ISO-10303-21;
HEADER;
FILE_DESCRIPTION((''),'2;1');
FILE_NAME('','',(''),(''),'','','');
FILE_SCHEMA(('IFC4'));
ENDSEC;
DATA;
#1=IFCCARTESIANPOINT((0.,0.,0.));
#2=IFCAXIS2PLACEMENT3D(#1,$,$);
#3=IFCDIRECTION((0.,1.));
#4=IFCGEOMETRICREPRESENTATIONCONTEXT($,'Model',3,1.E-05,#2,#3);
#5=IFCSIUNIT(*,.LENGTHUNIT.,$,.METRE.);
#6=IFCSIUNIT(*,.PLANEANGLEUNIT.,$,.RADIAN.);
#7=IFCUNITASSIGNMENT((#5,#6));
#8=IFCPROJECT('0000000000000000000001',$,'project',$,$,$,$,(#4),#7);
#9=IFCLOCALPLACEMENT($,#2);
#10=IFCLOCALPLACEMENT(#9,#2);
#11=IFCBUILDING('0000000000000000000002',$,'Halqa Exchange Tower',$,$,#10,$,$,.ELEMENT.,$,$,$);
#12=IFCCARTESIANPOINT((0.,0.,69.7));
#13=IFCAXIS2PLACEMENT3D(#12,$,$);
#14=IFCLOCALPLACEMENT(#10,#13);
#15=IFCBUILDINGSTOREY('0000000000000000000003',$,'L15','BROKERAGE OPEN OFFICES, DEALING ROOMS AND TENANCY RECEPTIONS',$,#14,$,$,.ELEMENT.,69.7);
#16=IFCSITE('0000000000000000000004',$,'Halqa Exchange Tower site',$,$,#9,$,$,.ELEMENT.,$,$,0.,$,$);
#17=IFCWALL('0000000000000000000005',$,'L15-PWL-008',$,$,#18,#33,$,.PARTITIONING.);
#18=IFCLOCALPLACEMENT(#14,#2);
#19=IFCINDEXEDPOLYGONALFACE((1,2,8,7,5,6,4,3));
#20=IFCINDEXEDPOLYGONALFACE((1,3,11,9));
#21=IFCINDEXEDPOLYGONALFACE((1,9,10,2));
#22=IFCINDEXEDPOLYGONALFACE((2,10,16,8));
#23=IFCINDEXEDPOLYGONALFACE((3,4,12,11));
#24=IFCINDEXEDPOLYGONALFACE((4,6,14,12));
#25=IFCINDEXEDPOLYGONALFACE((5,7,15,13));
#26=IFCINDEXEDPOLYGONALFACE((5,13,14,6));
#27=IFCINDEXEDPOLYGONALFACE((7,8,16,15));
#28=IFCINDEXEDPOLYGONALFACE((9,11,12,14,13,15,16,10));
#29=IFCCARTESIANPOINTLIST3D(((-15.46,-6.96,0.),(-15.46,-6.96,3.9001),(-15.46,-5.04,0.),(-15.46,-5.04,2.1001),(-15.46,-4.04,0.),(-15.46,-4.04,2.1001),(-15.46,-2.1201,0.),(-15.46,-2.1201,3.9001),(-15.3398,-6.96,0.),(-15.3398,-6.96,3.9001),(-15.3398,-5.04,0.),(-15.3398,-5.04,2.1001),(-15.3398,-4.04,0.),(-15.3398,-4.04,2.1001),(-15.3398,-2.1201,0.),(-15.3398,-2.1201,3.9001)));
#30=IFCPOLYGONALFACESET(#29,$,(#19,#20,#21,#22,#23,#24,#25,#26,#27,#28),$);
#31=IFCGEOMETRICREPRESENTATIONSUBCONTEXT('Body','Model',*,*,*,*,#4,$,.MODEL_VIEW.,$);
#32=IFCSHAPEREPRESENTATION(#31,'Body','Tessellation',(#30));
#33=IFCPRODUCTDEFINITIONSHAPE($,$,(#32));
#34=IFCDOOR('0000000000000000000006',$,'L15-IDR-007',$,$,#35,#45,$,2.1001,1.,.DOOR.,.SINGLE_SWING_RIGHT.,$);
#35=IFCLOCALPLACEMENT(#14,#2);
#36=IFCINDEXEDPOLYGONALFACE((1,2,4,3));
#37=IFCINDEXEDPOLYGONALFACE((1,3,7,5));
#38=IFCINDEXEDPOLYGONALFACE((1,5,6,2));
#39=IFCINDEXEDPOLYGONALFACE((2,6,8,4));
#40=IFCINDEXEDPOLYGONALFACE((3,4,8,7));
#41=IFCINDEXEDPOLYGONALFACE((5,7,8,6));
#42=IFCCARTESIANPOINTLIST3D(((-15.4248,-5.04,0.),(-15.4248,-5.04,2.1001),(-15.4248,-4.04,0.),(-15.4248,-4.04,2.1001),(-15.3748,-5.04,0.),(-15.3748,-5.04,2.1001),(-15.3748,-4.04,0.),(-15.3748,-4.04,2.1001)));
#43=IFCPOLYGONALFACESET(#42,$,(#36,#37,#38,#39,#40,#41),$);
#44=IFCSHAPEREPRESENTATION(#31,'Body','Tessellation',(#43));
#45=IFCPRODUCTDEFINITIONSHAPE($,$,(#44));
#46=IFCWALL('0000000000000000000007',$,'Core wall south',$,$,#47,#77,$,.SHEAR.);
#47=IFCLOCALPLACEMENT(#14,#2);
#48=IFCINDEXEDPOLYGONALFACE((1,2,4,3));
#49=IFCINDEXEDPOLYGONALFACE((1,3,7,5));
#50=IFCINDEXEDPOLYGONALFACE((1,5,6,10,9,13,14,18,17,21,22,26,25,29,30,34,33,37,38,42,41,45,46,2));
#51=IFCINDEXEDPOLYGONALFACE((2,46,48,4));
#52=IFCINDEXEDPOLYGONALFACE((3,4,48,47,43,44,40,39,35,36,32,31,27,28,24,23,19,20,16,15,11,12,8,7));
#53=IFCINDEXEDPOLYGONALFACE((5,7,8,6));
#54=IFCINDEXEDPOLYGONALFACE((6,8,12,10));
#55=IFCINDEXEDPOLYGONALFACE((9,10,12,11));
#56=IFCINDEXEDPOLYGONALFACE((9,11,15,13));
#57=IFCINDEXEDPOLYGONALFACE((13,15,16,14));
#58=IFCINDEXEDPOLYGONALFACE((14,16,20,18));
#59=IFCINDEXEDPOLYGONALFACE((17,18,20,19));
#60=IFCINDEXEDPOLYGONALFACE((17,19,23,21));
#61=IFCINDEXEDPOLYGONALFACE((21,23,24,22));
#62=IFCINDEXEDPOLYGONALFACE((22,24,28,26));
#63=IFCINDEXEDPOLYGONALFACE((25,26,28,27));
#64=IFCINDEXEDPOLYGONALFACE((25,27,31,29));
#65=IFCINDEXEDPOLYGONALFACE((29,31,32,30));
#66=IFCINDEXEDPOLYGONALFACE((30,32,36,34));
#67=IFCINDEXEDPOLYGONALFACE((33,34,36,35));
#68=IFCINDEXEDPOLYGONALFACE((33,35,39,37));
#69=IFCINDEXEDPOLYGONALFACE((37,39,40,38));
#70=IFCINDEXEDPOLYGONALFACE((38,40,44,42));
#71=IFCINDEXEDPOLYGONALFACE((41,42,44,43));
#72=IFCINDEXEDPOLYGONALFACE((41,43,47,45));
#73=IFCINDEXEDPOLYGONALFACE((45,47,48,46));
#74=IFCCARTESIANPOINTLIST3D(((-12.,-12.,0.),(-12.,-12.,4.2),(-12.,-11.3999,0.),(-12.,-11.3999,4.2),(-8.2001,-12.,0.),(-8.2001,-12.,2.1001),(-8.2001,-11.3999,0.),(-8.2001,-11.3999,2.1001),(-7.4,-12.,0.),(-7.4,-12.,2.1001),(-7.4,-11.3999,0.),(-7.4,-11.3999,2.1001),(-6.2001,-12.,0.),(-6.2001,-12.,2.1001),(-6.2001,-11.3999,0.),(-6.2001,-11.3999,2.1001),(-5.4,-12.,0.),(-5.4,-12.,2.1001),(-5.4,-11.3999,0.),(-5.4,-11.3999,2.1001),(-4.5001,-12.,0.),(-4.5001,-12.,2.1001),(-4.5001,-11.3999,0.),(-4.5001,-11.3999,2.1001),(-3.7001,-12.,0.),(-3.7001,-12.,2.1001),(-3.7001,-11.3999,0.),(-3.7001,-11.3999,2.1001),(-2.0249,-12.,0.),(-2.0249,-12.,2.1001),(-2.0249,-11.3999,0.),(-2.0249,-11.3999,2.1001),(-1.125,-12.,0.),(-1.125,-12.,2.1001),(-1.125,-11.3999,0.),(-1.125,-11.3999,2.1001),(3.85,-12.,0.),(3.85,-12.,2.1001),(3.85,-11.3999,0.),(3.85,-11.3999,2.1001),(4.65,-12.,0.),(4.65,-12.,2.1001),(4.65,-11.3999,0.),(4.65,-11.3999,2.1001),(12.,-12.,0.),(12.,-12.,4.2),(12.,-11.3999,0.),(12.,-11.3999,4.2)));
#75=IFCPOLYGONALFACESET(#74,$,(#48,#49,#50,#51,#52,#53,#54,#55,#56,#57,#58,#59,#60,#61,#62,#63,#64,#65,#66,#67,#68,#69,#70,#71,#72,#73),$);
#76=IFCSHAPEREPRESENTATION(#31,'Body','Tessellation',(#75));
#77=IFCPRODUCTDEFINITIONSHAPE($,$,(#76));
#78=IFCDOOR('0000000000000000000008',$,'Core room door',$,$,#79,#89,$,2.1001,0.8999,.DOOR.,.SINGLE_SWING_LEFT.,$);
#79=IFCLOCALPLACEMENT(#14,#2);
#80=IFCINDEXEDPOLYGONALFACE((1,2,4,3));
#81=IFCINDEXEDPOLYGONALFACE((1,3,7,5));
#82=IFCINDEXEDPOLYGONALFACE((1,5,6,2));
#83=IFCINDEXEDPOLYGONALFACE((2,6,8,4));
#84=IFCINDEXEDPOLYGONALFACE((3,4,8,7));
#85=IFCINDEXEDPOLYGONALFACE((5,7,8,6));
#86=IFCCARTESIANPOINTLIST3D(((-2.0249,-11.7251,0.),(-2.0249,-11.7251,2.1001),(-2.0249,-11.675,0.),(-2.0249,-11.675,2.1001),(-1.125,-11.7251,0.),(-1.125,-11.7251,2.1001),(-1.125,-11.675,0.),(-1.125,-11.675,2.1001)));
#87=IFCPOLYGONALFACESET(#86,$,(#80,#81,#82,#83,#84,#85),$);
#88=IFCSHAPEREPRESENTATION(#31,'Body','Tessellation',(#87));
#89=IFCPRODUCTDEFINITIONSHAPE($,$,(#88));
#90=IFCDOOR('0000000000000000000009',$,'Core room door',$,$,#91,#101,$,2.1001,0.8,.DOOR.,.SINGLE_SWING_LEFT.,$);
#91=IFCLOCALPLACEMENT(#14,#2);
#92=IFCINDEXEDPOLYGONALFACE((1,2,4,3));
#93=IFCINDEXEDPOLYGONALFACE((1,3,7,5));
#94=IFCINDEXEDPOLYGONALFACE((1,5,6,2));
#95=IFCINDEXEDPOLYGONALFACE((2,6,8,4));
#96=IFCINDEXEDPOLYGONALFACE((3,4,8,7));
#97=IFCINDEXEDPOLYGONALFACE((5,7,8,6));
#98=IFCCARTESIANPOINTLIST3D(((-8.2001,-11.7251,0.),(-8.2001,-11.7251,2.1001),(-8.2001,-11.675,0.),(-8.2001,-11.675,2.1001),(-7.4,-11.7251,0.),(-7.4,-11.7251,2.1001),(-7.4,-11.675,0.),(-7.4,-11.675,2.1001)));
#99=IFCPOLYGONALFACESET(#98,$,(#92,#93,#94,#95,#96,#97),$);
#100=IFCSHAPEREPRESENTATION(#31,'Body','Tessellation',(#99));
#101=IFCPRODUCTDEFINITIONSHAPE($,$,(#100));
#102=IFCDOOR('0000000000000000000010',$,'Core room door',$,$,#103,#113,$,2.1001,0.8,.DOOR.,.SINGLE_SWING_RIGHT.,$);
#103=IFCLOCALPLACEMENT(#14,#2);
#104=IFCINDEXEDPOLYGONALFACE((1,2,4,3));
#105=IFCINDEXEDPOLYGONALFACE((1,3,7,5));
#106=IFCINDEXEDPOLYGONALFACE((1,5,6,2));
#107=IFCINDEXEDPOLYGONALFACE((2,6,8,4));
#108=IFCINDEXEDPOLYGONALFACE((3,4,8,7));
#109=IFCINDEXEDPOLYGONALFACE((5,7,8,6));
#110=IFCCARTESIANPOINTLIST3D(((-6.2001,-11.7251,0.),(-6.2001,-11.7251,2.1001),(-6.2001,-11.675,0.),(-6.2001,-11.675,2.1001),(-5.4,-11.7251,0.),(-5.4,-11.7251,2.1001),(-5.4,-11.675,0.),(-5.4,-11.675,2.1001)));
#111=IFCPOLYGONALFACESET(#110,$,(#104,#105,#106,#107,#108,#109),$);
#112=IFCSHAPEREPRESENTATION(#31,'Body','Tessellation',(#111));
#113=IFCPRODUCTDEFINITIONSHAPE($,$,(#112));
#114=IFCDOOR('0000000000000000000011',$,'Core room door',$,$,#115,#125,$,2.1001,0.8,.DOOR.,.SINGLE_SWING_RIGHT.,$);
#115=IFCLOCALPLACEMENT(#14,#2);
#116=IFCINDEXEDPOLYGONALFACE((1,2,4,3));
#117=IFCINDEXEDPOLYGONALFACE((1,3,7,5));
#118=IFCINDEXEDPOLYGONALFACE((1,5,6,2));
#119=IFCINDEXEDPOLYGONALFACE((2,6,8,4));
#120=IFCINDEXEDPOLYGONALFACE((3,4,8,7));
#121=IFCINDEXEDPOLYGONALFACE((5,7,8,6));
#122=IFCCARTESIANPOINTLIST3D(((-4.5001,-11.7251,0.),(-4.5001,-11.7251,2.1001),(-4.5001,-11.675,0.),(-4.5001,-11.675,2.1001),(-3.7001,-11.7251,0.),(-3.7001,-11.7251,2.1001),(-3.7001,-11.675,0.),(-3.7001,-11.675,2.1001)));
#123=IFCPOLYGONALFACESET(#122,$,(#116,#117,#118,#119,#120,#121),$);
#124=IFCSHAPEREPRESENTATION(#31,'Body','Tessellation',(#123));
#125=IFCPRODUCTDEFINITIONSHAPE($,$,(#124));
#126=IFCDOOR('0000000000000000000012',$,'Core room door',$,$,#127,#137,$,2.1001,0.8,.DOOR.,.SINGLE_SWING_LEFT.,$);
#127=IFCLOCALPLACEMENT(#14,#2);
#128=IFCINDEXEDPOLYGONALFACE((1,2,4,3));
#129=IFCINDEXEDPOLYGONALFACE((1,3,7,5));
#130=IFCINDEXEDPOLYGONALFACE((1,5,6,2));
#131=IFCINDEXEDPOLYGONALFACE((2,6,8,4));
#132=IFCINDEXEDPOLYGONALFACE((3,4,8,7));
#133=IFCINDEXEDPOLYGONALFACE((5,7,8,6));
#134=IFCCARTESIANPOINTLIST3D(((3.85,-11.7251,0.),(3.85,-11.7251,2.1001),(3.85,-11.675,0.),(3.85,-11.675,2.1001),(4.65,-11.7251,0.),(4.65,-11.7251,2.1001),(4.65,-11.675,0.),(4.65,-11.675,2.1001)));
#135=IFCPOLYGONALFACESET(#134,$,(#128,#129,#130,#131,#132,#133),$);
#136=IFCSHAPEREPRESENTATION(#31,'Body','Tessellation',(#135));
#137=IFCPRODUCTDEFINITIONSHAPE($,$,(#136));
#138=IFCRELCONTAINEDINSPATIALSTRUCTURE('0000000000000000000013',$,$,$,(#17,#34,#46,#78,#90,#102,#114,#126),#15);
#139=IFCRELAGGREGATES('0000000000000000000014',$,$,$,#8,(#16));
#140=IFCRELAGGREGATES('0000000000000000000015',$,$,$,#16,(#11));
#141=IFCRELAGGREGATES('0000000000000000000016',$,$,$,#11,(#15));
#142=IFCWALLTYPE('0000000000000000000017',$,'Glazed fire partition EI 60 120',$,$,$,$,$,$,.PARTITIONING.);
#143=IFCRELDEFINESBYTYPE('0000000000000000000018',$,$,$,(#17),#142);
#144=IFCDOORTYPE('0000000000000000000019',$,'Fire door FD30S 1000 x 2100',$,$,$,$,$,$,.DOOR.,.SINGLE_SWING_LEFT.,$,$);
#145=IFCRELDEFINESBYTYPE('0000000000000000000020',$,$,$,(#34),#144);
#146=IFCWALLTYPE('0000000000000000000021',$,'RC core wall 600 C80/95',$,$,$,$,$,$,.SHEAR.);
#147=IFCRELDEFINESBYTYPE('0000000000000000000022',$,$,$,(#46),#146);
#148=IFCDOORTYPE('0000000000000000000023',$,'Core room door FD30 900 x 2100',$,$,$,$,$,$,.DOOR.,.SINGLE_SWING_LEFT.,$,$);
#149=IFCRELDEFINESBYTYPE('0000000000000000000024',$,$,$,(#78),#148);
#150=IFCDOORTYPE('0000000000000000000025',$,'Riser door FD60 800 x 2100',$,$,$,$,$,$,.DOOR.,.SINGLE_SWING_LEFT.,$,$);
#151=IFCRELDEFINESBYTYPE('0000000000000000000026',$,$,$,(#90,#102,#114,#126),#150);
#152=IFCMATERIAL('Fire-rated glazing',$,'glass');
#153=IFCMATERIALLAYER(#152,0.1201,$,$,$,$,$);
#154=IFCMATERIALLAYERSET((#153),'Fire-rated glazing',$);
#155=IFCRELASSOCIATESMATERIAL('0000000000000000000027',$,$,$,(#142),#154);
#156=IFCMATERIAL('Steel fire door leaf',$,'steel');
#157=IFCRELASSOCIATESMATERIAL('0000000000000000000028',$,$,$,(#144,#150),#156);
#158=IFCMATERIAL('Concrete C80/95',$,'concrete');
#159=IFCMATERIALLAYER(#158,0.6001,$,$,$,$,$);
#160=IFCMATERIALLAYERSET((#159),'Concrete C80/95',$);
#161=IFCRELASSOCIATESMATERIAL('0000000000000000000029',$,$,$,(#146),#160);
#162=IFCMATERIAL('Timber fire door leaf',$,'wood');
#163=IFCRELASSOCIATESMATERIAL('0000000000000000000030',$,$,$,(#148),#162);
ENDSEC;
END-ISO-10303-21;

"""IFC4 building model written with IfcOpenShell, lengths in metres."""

from ifc_helpers import new_model, si_unit, direction, frame, frame_2d, origin, place, context, subcontext, project, spatial, rectangle, extrude, material, layer, layer_set, type_object, element, fill, save


model = new_model("IFC4")

# Units and contexts
model_context = context("Model", 3, precision=1e-05, world=origin(), true_north=direction((0.0, 1.0)))
body_context = subcontext(model_context, "Body", "Model", "MODEL_VIEW")
ifc_project = project(units=[si_unit("LENGTHUNIT", "METRE"), si_unit("PLANEANGLEUNIT", "RADIAN")], contexts=[model_context])

# Site, building, storey
site_placement = place(None, origin())
site = spatial("IfcSite", under=ifc_project, at=site_placement, Name="Halqa Exchange Tower site", CompositionType="ELEMENT", RefElevation=0.0)
building_placement = place(site_placement, origin())
building = spatial("IfcBuilding", under=site, at=building_placement, Name="Halqa Exchange Tower", CompositionType="ELEMENT")
storey_placement = place(building_placement, frame((0.0, 0.0, 69.7)))
storey = spatial("IfcBuildingStorey", under=building, at=storey_placement, Name="L15", Description="BROKERAGE OPEN OFFICES, DEALING ROOMS AND TENANCY RECEPTIONS", CompositionType="ELEMENT", Elevation=69.7)

# Shared definitions
ifc_material_1 = material(Name="Concrete C80/95", Category="concrete")

# Wall, opening, door
ifc_material_2 = material(Name="Fire-rated glazing", Category="glass")
ifc_layer_1 = layer(ifc_material_2, 0.1201)
ifc_layer_set_1 = layer_set([ifc_layer_1], Name="Fire-rated glazing")
wall_type_1 = type_object("IfcWallType", Name="Glazed fire partition EI 60 120", PredefinedType="PARTITIONING", material=ifc_layer_set_1)
wall_1_placement = place(storey_placement, frame((-15.3999, -6.96, 0.0), z_axis=(0.0, 0.0, 1.0), x_axis=(0.0, 1.0, 0.0)))
wall_1 = element("IfcWall", 1, at=wall_1_placement, inside=storey, type_object=wall_type_1, Name="L15-PWL-008", PredefinedType="PARTITIONING", context=body_context, shape_type="SweptSolid", body=[
    extrude(rectangle(XDim=4.8398, YDim=0.1201, at=frame_2d((2.4199, 0.0))), origin(), (0.0, 0.0, 1.0), 3.9001),
])
opening_1_placement = place(wall_1_placement, frame((1.9199, 0.0, 0.0)))
opening_1 = element("IfcOpeningElement", 2, at=opening_1_placement, cuts=wall_1, PredefinedType="OPENING", context=body_context, shape_type="SweptSolid", body=[
    extrude(rectangle(XDim=1.0, YDim=2.1001, at=frame_2d((0.5, 1.05))), frame((0.0, 0.072, 0.0), z_axis=(0.0, -1.0, 0.0), x_axis=(1.0, 0.0, 0.0)), (0.0, 0.0, 1.0), 0.144),
])
ifc_material_3 = material(Name="Steel fire door leaf", Category="steel")
door_type_1 = type_object("IfcDoorType", Name="Fire door FD30S 1000 x 2100", OperationType="SINGLE_SWING_LEFT", PredefinedType="DOOR", material=ifc_material_3)
door_1_placement = place(opening_1_placement, origin())
door_1 = element("IfcDoor", 3, at=door_1_placement, inside=storey, type_object=door_type_1, Name="L15-IDR-007", OperationType="SINGLE_SWING_RIGHT", OverallHeight=2.1001, OverallWidth=1.0, PredefinedType="DOOR", context=body_context, shape_type="SweptSolid", body=[
    extrude(rectangle(XDim=1.0, YDim=2.1001, at=frame_2d((0.5, 1.05))), frame((0.0, 0.0249, 0.0), z_axis=(0.0, -1.0, 0.0), x_axis=(1.0, 0.0, 0.0)), (0.0, 0.0, 1.0), 0.05),
])
fill(opening_1, door_1)

# Wall, openings, doors
ifc_layer_2 = layer(ifc_material_1, 0.6001)
ifc_layer_set_2 = layer_set([ifc_layer_2], Name="Concrete C80/95")
wall_type_2 = type_object("IfcWallType", Name="RC core wall 600 C80/95", PredefinedType="SHEAR", material=ifc_layer_set_2)
wall_2_placement = place(storey_placement, frame((-12.0, -11.7, 0.0), z_axis=(0.0, 0.0, 1.0), x_axis=(1.0, 0.0, 0.0)))
wall_2 = element("IfcWall", 4, at=wall_2_placement, inside=storey, type_object=wall_type_2, Name="Core wall south", PredefinedType="SHEAR", context=body_context, shape_type="SweptSolid", body=[
    extrude(rectangle(XDim=24.0, YDim=0.6001, at=frame_2d((12.0, 0.0))), origin(), (0.0, 0.0, 1.0), 4.2),
])
opening_2_placement = place(wall_2_placement, frame((9.9751, 0.0, 0.0)))
opening_2 = element("IfcOpeningElement", 5, at=opening_2_placement, cuts=wall_2, PredefinedType="OPENING", context=body_context, shape_type="SweptSolid", body=[
    extrude(rectangle(XDim=0.8999, YDim=2.1001, at=frame_2d((0.45, 1.05))), frame((0.0, 0.312, 0.0), z_axis=(0.0, -1.0, 0.0), x_axis=(1.0, 0.0, 0.0)), (0.0, 0.0, 1.0), 0.624),
])
opening_3_placement = place(wall_2_placement, frame((3.8, 0.0, 0.0)))
opening_3 = element("IfcOpeningElement", 6, at=opening_3_placement, cuts=wall_2, PredefinedType="OPENING", context=body_context, shape_type="SweptSolid", body=[
    extrude(rectangle(XDim=0.8, YDim=2.1001, at=frame_2d((0.3999, 1.05))), frame((0.0, 0.312, 0.0), z_axis=(0.0, -1.0, 0.0), x_axis=(1.0, 0.0, 0.0)), (0.0, 0.0, 1.0), 0.624),
])
opening_4_placement = place(wall_2_placement, frame((5.8, 0.0, 0.0)))
opening_4 = element("IfcOpeningElement", 7, at=opening_4_placement, cuts=wall_2, PredefinedType="OPENING", context=body_context, shape_type="SweptSolid", body=[
    extrude(rectangle(XDim=0.8, YDim=2.1001, at=frame_2d((0.3999, 1.05))), frame((0.0, 0.312, 0.0), z_axis=(0.0, -1.0, 0.0), x_axis=(1.0, 0.0, 0.0)), (0.0, 0.0, 1.0), 0.624),
])
opening_5_placement = place(wall_2_placement, frame((7.5, 0.0, 0.0)))
opening_5 = element("IfcOpeningElement", 8, at=opening_5_placement, cuts=wall_2, PredefinedType="OPENING", context=body_context, shape_type="SweptSolid", body=[
    extrude(rectangle(XDim=0.8, YDim=2.1001, at=frame_2d((0.3999, 1.05))), frame((0.0, 0.312, 0.0), z_axis=(0.0, -1.0, 0.0), x_axis=(1.0, 0.0, 0.0)), (0.0, 0.0, 1.0), 0.624),
])
opening_6_placement = place(wall_2_placement, frame((15.8501, 0.0, 0.0)))
opening_6 = element("IfcOpeningElement", 9, at=opening_6_placement, cuts=wall_2, PredefinedType="OPENING", context=body_context, shape_type="SweptSolid", body=[
    extrude(rectangle(XDim=0.8, YDim=2.1001, at=frame_2d((0.3999, 1.05))), frame((0.0, 0.312, 0.0), z_axis=(0.0, -1.0, 0.0), x_axis=(1.0, 0.0, 0.0)), (0.0, 0.0, 1.0), 0.624),
])
ifc_material_4 = material(Name="Timber fire door leaf", Category="wood")
door_type_2 = type_object("IfcDoorType", Name="Core room door FD30 900 x 2100", OperationType="SINGLE_SWING_LEFT", PredefinedType="DOOR", material=ifc_material_4)
door_2_placement = place(opening_2_placement, origin())
door_2 = element("IfcDoor", 10, at=door_2_placement, inside=storey, type_object=door_type_2, Name="Core room door", OperationType="SINGLE_SWING_LEFT", OverallHeight=2.1001, OverallWidth=0.8999, PredefinedType="DOOR", context=body_context, shape_type="SweptSolid", body=[
    extrude(rectangle(XDim=0.8999, YDim=2.1001, at=frame_2d((0.45, 1.05))), frame((0.0, 0.0249, 0.0), z_axis=(0.0, -1.0, 0.0), x_axis=(1.0, 0.0, 0.0)), (0.0, 0.0, 1.0), 0.05),
])
fill(opening_2, door_2)
door_type_3 = type_object("IfcDoorType", Name="Riser door FD60 800 x 2100", OperationType="SINGLE_SWING_LEFT", PredefinedType="DOOR", material=ifc_material_3)
door_3_placement = place(opening_3_placement, origin())
door_3 = element("IfcDoor", 11, at=door_3_placement, inside=storey, type_object=door_type_3, Name="Core room door", OperationType="SINGLE_SWING_LEFT", OverallHeight=2.1001, OverallWidth=0.8, PredefinedType="DOOR", context=body_context, shape_type="SweptSolid", body=[
    extrude(rectangle(XDim=0.8, YDim=2.1001, at=frame_2d((0.3999, 1.05))), frame((0.0, 0.0249, 0.0), z_axis=(0.0, -1.0, 0.0), x_axis=(1.0, 0.0, 0.0)), (0.0, 0.0, 1.0), 0.05),
])
fill(opening_3, door_3)
door_4_placement = place(opening_4_placement, origin())
door_4 = element("IfcDoor", 12, at=door_4_placement, inside=storey, type_object=door_type_3, Name="Core room door", OperationType="SINGLE_SWING_RIGHT", OverallHeight=2.1001, OverallWidth=0.8, PredefinedType="DOOR", context=body_context, shape_type="SweptSolid", body=[
    extrude(rectangle(XDim=0.8, YDim=2.1001, at=frame_2d((0.3999, 1.05))), frame((0.0, 0.0249, 0.0), z_axis=(0.0, -1.0, 0.0), x_axis=(1.0, 0.0, 0.0)), (0.0, 0.0, 1.0), 0.05),
])
fill(opening_4, door_4)
door_5_placement = place(opening_5_placement, origin())
door_5 = element("IfcDoor", 13, at=door_5_placement, inside=storey, type_object=door_type_3, Name="Core room door", OperationType="SINGLE_SWING_RIGHT", OverallHeight=2.1001, OverallWidth=0.8, PredefinedType="DOOR", context=body_context, shape_type="SweptSolid", body=[
    extrude(rectangle(XDim=0.8, YDim=2.1001, at=frame_2d((0.3999, 1.05))), frame((0.0, 0.0249, 0.0), z_axis=(0.0, -1.0, 0.0), x_axis=(1.0, 0.0, 0.0)), (0.0, 0.0, 1.0), 0.05),
])
fill(opening_5, door_5)
door_6_placement = place(opening_6_placement, origin())
door_6 = element("IfcDoor", 14, at=door_6_placement, inside=storey, type_object=door_type_3, Name="Core room door", OperationType="SINGLE_SWING_LEFT", OverallHeight=2.1001, OverallWidth=0.8, PredefinedType="DOOR", context=body_context, shape_type="SweptSolid", body=[
    extrude(rectangle(XDim=0.8, YDim=2.1001, at=frame_2d((0.3999, 1.05))), frame((0.0, 0.0249, 0.0), z_axis=(0.0, -1.0, 0.0), x_axis=(1.0, 0.0, 0.0)), (0.0, 0.0, 1.0), 0.05),
])
fill(opening_6, door_6)

save(model, "model.ifc")
